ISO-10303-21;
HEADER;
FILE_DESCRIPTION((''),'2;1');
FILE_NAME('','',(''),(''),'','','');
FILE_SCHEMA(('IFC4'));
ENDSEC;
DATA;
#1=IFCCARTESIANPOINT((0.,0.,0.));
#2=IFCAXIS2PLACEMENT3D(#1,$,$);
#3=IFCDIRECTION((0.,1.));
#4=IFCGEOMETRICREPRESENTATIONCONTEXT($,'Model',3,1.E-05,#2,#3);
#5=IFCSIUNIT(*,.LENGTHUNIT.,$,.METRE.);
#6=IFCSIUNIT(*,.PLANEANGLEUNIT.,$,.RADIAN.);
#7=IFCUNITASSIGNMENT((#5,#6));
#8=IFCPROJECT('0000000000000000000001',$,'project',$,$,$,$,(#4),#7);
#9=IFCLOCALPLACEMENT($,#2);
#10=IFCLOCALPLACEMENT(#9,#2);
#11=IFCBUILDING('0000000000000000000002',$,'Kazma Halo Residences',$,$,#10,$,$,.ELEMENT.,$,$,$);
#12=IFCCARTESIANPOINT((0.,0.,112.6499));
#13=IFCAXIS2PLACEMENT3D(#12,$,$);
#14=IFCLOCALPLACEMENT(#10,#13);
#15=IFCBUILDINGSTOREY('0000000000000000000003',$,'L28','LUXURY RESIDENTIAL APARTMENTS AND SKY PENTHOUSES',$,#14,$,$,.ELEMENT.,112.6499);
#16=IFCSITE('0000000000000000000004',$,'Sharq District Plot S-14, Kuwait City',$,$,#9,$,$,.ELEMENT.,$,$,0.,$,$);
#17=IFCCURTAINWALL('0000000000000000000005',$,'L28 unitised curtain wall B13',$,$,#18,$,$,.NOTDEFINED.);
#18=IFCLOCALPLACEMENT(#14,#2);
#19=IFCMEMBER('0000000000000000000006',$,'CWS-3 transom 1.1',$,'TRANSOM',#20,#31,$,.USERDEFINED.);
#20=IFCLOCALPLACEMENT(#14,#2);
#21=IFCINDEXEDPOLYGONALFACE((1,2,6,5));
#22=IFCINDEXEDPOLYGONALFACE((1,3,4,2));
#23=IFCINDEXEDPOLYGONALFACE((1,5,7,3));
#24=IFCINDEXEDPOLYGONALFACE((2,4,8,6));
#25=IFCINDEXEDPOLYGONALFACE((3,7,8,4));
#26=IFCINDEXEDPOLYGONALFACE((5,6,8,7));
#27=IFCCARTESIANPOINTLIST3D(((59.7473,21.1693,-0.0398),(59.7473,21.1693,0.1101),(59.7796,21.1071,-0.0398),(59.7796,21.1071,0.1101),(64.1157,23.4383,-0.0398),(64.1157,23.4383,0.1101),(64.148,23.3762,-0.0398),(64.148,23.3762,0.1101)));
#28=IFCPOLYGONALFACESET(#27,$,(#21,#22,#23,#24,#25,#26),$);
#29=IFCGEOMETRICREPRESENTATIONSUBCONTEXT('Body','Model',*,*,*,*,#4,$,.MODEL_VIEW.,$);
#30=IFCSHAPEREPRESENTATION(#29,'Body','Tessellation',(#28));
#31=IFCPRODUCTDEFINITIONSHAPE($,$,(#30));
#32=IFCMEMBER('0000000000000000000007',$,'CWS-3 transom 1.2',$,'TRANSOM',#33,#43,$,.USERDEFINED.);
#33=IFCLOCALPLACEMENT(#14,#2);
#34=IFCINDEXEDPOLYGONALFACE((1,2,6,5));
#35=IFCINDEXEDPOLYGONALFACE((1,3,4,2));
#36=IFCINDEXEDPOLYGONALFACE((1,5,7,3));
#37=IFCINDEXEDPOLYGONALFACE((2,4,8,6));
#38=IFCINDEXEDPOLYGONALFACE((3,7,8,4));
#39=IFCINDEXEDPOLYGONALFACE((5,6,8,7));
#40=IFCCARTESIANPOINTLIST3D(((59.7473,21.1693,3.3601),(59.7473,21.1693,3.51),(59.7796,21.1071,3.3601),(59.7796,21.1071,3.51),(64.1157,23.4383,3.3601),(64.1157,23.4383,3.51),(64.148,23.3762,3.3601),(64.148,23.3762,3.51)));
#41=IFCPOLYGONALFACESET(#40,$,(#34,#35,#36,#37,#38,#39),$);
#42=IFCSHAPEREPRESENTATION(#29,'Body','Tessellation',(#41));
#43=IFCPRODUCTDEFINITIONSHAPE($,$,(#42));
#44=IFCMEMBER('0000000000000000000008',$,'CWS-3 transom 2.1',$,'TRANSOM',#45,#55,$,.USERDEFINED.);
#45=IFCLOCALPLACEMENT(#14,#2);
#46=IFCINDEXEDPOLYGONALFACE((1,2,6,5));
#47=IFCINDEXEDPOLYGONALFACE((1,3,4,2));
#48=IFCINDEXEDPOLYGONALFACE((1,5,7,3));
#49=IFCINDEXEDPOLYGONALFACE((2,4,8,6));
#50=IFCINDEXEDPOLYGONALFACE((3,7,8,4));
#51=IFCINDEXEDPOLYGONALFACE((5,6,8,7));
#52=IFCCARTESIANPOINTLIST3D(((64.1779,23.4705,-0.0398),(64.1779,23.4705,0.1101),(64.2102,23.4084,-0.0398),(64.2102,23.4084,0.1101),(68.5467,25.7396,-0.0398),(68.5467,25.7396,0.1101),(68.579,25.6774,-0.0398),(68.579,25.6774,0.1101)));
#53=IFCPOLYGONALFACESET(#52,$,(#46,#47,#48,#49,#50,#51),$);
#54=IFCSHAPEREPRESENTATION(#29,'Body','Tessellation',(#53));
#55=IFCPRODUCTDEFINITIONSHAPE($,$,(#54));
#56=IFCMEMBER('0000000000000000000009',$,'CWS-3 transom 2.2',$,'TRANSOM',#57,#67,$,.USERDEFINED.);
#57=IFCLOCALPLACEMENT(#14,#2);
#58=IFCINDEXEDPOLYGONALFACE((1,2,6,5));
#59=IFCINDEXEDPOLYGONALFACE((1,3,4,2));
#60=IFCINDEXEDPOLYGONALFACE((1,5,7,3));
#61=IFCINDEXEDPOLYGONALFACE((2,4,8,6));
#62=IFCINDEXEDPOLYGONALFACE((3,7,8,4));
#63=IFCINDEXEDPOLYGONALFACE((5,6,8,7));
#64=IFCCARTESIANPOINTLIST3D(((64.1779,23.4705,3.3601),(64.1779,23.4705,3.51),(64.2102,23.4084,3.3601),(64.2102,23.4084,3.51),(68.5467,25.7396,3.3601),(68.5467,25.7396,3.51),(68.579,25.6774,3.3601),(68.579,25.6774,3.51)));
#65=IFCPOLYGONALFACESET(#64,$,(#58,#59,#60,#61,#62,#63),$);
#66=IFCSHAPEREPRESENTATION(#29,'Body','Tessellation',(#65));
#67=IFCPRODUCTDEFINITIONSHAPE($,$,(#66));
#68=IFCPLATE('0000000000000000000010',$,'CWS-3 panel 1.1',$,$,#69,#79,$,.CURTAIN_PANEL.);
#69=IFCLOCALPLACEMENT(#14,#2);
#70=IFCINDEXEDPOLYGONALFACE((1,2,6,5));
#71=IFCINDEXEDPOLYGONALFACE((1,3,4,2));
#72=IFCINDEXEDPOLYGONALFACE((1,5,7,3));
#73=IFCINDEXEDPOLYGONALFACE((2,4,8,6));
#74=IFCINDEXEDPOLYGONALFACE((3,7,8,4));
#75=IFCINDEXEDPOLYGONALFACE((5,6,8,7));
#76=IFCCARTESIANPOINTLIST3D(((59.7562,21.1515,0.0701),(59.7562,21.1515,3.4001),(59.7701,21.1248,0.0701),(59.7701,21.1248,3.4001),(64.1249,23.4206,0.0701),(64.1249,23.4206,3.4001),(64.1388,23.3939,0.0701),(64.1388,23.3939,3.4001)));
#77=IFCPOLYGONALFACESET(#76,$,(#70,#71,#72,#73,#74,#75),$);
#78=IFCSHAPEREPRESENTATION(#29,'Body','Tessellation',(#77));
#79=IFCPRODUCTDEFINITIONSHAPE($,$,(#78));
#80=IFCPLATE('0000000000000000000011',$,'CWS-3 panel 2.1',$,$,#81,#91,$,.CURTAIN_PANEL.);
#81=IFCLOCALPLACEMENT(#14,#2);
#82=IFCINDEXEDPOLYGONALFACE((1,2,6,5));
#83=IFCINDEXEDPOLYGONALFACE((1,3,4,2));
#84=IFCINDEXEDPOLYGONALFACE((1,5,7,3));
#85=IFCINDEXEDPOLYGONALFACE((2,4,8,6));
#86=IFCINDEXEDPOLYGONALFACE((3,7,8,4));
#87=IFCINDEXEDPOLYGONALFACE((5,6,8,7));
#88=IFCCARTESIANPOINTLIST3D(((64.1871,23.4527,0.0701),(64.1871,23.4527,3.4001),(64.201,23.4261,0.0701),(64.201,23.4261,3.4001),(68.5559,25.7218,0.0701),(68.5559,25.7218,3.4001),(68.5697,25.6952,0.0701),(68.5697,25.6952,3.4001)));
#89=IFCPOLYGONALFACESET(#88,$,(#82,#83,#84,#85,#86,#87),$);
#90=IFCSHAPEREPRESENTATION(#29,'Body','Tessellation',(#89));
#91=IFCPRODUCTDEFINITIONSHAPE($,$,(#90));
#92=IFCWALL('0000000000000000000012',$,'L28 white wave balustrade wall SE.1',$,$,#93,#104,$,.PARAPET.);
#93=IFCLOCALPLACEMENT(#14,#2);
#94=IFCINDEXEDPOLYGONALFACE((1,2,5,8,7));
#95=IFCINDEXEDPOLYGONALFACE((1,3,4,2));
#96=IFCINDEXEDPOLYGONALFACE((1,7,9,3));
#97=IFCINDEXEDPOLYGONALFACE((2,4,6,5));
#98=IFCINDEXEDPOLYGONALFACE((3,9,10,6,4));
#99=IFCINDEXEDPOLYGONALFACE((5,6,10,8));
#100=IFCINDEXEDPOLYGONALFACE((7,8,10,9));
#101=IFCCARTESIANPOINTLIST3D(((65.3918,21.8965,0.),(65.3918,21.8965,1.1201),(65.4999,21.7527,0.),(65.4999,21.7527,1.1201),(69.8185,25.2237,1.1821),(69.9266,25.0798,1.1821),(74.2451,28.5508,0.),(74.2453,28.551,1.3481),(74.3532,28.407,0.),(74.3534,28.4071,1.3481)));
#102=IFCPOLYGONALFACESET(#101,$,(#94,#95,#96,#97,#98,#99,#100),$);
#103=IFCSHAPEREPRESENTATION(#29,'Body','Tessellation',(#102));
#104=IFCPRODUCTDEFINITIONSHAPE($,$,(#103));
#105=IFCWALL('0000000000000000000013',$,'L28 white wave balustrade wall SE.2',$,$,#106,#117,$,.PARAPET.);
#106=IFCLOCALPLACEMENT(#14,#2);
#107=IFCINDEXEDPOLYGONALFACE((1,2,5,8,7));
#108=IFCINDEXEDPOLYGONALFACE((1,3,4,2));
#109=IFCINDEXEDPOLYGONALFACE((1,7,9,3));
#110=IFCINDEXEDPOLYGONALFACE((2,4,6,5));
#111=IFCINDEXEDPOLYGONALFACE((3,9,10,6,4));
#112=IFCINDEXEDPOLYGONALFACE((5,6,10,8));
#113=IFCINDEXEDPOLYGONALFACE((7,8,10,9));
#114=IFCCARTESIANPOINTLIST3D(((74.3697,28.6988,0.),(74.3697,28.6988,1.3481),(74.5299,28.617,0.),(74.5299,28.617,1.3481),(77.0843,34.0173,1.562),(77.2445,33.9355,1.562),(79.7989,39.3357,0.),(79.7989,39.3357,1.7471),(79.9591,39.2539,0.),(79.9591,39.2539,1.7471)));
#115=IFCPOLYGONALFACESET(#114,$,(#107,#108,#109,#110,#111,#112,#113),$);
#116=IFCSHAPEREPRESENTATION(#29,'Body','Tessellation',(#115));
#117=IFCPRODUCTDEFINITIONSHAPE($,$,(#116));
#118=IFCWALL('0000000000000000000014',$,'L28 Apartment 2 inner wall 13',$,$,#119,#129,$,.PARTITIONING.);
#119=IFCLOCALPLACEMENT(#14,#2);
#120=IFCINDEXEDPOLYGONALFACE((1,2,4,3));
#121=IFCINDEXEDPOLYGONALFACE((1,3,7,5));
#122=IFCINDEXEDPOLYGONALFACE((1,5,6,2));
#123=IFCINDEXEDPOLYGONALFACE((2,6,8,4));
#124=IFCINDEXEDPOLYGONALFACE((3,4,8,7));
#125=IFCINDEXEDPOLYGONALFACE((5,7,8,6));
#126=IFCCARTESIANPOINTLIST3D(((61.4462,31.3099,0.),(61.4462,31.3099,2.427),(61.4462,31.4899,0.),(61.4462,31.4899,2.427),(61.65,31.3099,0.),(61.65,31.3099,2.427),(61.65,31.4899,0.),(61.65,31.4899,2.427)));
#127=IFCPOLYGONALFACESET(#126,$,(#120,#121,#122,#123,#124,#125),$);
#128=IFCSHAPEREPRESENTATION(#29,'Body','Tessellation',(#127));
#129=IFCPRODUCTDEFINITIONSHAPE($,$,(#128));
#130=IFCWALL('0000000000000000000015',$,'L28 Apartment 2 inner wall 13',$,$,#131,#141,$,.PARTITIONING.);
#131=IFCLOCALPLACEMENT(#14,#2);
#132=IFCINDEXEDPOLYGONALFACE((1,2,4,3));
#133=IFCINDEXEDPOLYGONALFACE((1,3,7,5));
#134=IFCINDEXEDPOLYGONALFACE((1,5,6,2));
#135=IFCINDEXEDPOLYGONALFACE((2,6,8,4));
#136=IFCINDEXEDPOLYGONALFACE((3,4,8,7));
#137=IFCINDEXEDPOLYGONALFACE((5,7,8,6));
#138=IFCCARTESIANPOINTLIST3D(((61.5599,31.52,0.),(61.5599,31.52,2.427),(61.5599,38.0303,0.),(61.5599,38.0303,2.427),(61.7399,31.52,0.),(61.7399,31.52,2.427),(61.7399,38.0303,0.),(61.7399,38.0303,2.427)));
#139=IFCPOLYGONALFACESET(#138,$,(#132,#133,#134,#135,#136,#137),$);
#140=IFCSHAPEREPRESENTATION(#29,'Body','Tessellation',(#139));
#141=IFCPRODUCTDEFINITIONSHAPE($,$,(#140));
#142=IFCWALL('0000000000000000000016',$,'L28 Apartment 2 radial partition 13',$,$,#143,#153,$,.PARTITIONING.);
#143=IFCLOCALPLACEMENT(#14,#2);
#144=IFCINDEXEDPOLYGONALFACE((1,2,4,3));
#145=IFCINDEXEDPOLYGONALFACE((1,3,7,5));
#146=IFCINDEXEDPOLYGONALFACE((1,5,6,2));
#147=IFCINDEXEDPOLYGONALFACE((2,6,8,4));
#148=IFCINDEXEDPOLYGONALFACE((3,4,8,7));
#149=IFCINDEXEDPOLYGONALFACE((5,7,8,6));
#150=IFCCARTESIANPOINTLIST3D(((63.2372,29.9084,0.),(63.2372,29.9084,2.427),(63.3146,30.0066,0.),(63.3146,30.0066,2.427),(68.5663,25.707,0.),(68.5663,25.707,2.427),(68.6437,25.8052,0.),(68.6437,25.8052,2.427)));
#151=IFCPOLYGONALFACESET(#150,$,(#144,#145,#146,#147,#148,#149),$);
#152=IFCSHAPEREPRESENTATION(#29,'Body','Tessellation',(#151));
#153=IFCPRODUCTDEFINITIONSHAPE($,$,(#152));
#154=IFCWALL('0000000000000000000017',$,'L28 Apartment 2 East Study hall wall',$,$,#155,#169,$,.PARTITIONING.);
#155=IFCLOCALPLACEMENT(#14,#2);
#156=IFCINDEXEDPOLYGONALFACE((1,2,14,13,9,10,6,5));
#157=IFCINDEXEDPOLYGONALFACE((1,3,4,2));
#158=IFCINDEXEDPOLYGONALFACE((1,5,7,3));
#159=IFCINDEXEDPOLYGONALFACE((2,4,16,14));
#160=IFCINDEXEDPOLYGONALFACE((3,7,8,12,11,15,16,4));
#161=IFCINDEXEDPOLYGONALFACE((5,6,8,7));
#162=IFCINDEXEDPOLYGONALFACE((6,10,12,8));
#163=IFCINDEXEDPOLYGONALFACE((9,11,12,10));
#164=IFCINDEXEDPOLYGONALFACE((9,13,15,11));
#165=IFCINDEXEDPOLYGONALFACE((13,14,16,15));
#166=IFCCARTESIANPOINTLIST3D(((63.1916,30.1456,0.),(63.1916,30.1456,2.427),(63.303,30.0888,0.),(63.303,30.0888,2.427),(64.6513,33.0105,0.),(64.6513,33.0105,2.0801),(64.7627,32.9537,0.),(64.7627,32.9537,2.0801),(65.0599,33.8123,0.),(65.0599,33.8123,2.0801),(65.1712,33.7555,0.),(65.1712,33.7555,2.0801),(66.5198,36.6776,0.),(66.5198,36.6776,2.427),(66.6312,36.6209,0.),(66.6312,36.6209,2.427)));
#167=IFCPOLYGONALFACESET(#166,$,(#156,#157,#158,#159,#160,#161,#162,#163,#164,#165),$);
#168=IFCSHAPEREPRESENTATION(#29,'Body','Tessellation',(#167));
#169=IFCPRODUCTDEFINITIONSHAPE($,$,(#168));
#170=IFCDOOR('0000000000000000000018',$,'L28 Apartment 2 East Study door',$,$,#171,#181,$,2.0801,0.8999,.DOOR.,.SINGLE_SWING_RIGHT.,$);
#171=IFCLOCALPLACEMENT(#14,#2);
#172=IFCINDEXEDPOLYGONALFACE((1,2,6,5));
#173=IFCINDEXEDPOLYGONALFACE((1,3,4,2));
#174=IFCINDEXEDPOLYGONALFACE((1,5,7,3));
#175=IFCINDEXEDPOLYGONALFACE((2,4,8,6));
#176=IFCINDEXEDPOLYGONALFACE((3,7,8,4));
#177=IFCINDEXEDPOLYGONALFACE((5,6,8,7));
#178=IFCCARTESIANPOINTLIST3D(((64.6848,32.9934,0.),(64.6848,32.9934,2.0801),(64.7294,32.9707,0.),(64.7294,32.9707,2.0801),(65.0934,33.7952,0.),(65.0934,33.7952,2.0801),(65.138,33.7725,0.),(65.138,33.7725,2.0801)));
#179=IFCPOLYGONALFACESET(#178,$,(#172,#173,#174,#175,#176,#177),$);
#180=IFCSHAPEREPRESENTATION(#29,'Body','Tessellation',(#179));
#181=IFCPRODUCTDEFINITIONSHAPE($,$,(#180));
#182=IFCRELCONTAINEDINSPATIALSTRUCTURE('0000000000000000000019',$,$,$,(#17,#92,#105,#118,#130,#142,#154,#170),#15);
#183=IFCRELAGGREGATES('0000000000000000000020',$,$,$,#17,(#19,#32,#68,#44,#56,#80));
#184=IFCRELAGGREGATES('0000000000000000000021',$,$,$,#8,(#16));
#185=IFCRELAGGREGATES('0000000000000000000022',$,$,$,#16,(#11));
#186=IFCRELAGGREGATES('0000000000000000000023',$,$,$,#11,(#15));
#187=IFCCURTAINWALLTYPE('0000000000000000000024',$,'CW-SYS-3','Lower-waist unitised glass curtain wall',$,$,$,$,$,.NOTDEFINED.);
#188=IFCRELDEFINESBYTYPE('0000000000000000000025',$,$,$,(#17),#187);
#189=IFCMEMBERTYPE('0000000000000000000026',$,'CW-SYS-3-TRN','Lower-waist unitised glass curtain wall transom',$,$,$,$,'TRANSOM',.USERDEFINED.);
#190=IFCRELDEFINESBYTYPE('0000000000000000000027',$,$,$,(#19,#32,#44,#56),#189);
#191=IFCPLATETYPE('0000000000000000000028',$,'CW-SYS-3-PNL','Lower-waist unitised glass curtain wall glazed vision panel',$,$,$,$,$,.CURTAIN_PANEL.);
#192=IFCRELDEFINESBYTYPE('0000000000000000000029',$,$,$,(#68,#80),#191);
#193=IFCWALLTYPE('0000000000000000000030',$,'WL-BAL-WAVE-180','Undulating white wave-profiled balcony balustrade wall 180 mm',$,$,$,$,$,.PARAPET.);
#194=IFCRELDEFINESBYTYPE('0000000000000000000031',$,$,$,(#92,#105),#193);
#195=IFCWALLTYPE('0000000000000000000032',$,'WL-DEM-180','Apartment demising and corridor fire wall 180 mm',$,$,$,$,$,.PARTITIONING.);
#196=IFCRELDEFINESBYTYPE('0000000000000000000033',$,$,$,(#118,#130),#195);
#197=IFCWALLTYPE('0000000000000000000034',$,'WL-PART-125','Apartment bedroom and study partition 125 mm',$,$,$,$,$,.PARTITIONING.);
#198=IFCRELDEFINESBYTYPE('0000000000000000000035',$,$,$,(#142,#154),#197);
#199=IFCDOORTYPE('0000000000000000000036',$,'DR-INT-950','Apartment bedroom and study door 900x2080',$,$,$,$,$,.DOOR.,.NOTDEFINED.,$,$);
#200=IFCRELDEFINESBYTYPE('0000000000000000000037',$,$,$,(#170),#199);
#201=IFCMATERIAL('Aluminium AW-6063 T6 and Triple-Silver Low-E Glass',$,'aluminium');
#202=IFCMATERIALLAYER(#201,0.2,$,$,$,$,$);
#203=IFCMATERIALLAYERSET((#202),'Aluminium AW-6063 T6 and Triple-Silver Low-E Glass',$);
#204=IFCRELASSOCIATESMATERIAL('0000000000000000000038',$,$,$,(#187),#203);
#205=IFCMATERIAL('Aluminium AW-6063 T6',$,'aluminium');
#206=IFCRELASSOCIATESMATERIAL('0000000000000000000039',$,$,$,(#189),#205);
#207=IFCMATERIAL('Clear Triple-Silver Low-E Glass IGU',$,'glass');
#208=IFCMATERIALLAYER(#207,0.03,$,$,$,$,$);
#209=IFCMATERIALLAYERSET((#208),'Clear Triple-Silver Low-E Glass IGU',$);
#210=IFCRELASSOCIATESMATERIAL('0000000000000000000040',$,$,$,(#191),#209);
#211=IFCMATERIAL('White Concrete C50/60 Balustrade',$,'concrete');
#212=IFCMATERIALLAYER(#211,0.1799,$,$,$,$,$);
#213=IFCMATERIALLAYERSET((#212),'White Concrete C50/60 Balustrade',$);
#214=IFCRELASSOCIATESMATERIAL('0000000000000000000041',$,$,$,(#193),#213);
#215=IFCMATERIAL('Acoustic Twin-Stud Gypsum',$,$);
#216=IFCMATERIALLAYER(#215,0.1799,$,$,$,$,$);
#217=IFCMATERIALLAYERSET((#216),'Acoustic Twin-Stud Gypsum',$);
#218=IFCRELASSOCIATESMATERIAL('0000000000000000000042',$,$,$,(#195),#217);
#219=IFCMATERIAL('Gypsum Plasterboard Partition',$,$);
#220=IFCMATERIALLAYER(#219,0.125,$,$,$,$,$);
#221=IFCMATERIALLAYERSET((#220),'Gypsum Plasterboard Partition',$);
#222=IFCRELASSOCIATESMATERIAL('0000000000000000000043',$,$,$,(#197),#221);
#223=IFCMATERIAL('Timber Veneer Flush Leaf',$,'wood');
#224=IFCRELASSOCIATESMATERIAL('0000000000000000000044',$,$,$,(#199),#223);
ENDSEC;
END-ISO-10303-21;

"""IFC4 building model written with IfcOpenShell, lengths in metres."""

from ifc_helpers import new_model, si_unit, direction, frame, frame_2d, origin, origin_2d, place, context, subcontext, project, spatial, polyline, rectangle, outline, extrude, material, layer, layer_set, material_profile, profile_set, type_object, element, fill, aggregate, save


model = new_model("IFC4")

# Units and contexts
model_context = context("Model", 3, precision=1e-05, world=origin(), true_north=direction((0.0, 1.0)))
body_context = subcontext(model_context, "Body", "Model", "MODEL_VIEW")
ifc_project = project(units=[si_unit("LENGTHUNIT", "METRE"), si_unit("PLANEANGLEUNIT", "RADIAN")], contexts=[model_context])

# Site, building, storey
site_placement = place(None, origin())
site = spatial("IfcSite", under=ifc_project, at=site_placement, Name="Sharq District Plot S-14, Kuwait City", CompositionType="ELEMENT", RefElevation=0.0)
building_placement = place(site_placement, origin())
building = spatial("IfcBuilding", under=site, at=building_placement, Name="Kazma Halo Residences", CompositionType="ELEMENT")
storey_placement = place(building_placement, frame((0.0, 0.0, 112.6499)))
storey = spatial("IfcBuildingStorey", under=building, at=storey_placement, Name="L28", Description="LUXURY RESIDENTIAL APARTMENTS AND SKY PENTHOUSES", CompositionType="ELEMENT", Elevation=112.6499)

# Curtain wall, members, plates
ifc_material_1 = material(Name="Aluminium AW-6063 T6 and Triple-Silver Low-E Glass", Category="aluminium")
ifc_layer_1 = layer(ifc_material_1, 0.2)
ifc_layer_set_1 = layer_set([ifc_layer_1], Name="Aluminium AW-6063 T6 and Triple-Silver Low-E Glass")
curtain_wall_type = type_object("IfcCurtainWallType", Name="CW-SYS-3", Description="Lower-waist unitised glass curtain wall", PredefinedType="NOTDEFINED", material=ifc_layer_set_1)
curtain_wall_placement = place(storey_placement, origin())
curtain_wall = element("IfcCurtainWall", 1, at=curtain_wall_placement, inside=storey, type_object=curtain_wall_type, Name="L28 unitised curtain wall B13", PredefinedType="NOTDEFINED")
ifc_material_2 = material(Name="Aluminium AW-6063 T6", Category="aluminium")
ifc_material_profile_1 = material_profile(ifc_material_2, rectangle(XDim=0.0701, YDim=0.1499, at=origin_2d()), Name="CWT-70x150")
ifc_profile_set_1 = profile_set([ifc_material_profile_1], Name="Aluminium AW-6063 T6")
member_type_1 = type_object("IfcMemberType", Name="CW-SYS-3-TRN", Description="Lower-waist unitised glass curtain wall transom", ElementType="TRANSOM", PredefinedType="USERDEFINED", material=ifc_profile_set_1)
member_1_placement = place(storey_placement, frame((59.7634, 21.1382, 0.0352), z_axis=(0.887427, 0.460948, 0.0), x_axis=(-0.460948, 0.887427, 0.0)))
member_1 = element("IfcMember", 2, at=member_1_placement, type_object=member_type_1, Name="CWS-3 transom 1.1", ObjectType="TRANSOM", PredefinedType="USERDEFINED", context=body_context, shape_type="SweptSolid", body=[
    extrude(rectangle(XDim=0.0701, YDim=0.1499, at=origin_2d()), origin(), (0.0, 0.0, 1.0), 4.9226),
])
member_2_placement = place(storey_placement, frame((59.7634, 21.1382, 3.4351), z_axis=(0.887427, 0.460948, 0.0), x_axis=(-0.460948, 0.887427, 0.0)))
member_2 = element("IfcMember", 3, at=member_2_placement, type_object=member_type_1, Name="CWS-3 transom 1.2", ObjectType="TRANSOM", PredefinedType="USERDEFINED", context=body_context, shape_type="SweptSolid", body=[
    extrude(rectangle(XDim=0.0701, YDim=0.1499, at=origin_2d()), origin(), (0.0, 0.0, 1.0), 4.9226),
])
member_3_placement = place(storey_placement, frame((64.1941, 23.4395, 0.0352), z_axis=(0.887438, 0.460928, 0.0), x_axis=(-0.460928, 0.887438, 0.0)))
member_3 = element("IfcMember", 4, at=member_3_placement, type_object=member_type_1, Name="CWS-3 transom 2.1", ObjectType="TRANSOM", PredefinedType="USERDEFINED", context=body_context, shape_type="SweptSolid", body=[
    extrude(rectangle(XDim=0.0701, YDim=0.1499, at=origin_2d()), origin(), (0.0, 0.0, 1.0), 4.9229),
])
member_4_placement = place(storey_placement, frame((64.1941, 23.4395, 3.4351), z_axis=(0.887438, 0.460928, 0.0), x_axis=(-0.460928, 0.887438, 0.0)))
member_4 = element("IfcMember", 5, at=member_4_placement, type_object=member_type_1, Name="CWS-3 transom 2.2", ObjectType="TRANSOM", PredefinedType="USERDEFINED", context=body_context, shape_type="SweptSolid", body=[
    extrude(rectangle(XDim=0.0701, YDim=0.1499, at=origin_2d()), origin(), (0.0, 0.0, 1.0), 4.9229),
])
ifc_material_3 = material(Name="Clear Triple-Silver Low-E Glass IGU", Category="glass")
ifc_layer_2 = layer(ifc_material_3, 0.03)
ifc_layer_set_2 = layer_set([ifc_layer_2], Name="Clear Triple-Silver Low-E Glass IGU")
plate_type = type_object("IfcPlateType", Name="CW-SYS-3-PNL", Description="Lower-waist unitised glass curtain wall glazed vision panel", PredefinedType="CURTAIN_PANEL", material=ifc_layer_set_2)
plate_1_placement = place(storey_placement, frame((61.9475, 22.2727, 0.0701), z_axis=(0.0, 0.0, 1.0), x_axis=(0.887435, 0.460932, 0.0)))
plate_1 = element("IfcPlate", 6, at=plate_1_placement, type_object=plate_type, Name="CWS-3 panel 1.1", PredefinedType="CURTAIN_PANEL", context=body_context, shape_type="SweptSolid", body=[
    extrude(rectangle(XDim=4.9229, YDim=0.03, at=origin_2d()), origin(), (0.0, 0.0, 1.0), 3.3301),
])
plate_2_placement = place(storey_placement, frame((66.3784, 24.574, 0.0701), z_axis=(0.0, 0.0, 1.0), x_axis=(0.887435, 0.460932, 0.0)))
plate_2 = element("IfcPlate", 7, at=plate_2_placement, type_object=plate_type, Name="CWS-3 panel 2.1", PredefinedType="CURTAIN_PANEL", context=body_context, shape_type="SweptSolid", body=[
    extrude(rectangle(XDim=4.9229, YDim=0.03, at=origin_2d()), origin(), (0.0, 0.0, 1.0), 3.3301),
])
aggregate(curtain_wall, [member_1, member_2, plate_1, member_3, member_4, plate_2])

# Walls
ifc_material_4 = material(Name="White Concrete C50/60 Balustrade", Category="concrete")
ifc_layer_3 = layer(ifc_material_4, 0.1799)
ifc_layer_set_3 = layer_set([ifc_layer_3], Name="White Concrete C50/60 Balustrade")
wall_type_1 = type_object("IfcWallType", Name="WL-BAL-WAVE-180", Description="Undulating white wave-profiled balcony balustrade wall 180 mm", PredefinedType="PARAPET", material=ifc_layer_set_3)
wall_1_placement = place(storey_placement, frame((65.4458, 21.8247, 0.0), z_axis=(0.0, 0.0, 1.0), x_axis=(0.799378, 0.600829, 0.0)))
element("IfcWall", 8, at=wall_1_placement, inside=storey, type_object=wall_type_1, Name="L28 white wave balustrade wall SE.1", PredefinedType="PARAPET", context=body_context, shape_type="SweptSolid", body=[
    extrude(outline(polyline([(0.0, 0.0), (11.0752, 0.0), (11.0754, 1.3481), (5.5376, 1.1821), (0.0, 1.1201), (0.0, 0.0)])), frame((0.0, 0.0898, 0.0), z_axis=(0.0, -1.0, 0.0), x_axis=(1.0, 0.0, 0.0)), (0.0, 0.0, 1.0), 0.1799),
])
wall_2_placement = place(storey_placement, frame((74.4497, 28.658, 0.0), z_axis=(0.0, 0.0, 1.0), x_axis=(0.454615, 0.890688, 0.0)))
element("IfcWall", 9, at=wall_2_placement, inside=storey, type_object=wall_type_1, Name="L28 white wave balustrade wall SE.2", PredefinedType="PARAPET", context=body_context, shape_type="SweptSolid", body=[
    extrude(outline(polyline([(0.0, 0.0), (11.9424, 0.0), (11.9424, 1.7471), (5.9712, 1.562), (0.0, 1.3481), (0.0, 0.0)])), frame((0.0, 0.0898, 0.0), z_axis=(0.0, -1.0, 0.0), x_axis=(1.0, 0.0, 0.0)), (0.0, 0.0, 1.0), 0.1799),
])
ifc_material_5 = material(Name="Acoustic Twin-Stud Gypsum")
ifc_layer_4 = layer(ifc_material_5, 0.1799)
ifc_layer_set_4 = layer_set([ifc_layer_4], Name="Acoustic Twin-Stud Gypsum")
wall_type_2 = type_object("IfcWallType", Name="WL-DEM-180", Description="Apartment demising and corridor fire wall 180 mm", PredefinedType="PARTITIONING", material=ifc_layer_set_4)
wall_3_placement = place(storey_placement, frame((61.446, 31.3999, 0.0), z_axis=(0.0, 0.0, 1.0), x_axis=(1.0, 0.0, 0.0)))
element("IfcWall", 10, at=wall_3_placement, inside=storey, type_object=wall_type_2, Name="L28 Apartment 2 inner wall 13", PredefinedType="PARTITIONING", context=body_context, shape_type="SweptSolid", body=[
    extrude(rectangle(XDim=0.2039, YDim=0.1799, at=frame_2d((0.1021, 0.0))), origin(), (0.0, 0.0, 1.0), 2.427),
])
wall_4_placement = place(storey_placement, frame((61.6499, 31.52, 0.0), z_axis=(0.0, 0.0, 1.0), x_axis=(0.0, 1.0, 0.0)))
element("IfcWall", 11, at=wall_4_placement, inside=storey, type_object=wall_type_2, Name="L28 Apartment 2 inner wall 13", PredefinedType="PARTITIONING", context=body_context, shape_type="SweptSolid", body=[
    extrude(rectangle(XDim=6.5103, YDim=0.1799, at=frame_2d((3.2551, 0.0))), origin(), (0.0, 0.0, 1.0), 2.427),
])

# Wall
ifc_material_6 = material(Name="Gypsum Plasterboard Partition")
ifc_layer_5 = layer(ifc_material_6, 0.125)
ifc_layer_set_5 = layer_set([ifc_layer_5], Name="Gypsum Plasterboard Partition")
wall_type_3 = type_object("IfcWallType", Name="WL-PART-125", Description="Apartment bedroom and study partition 125 mm", PredefinedType="PARTITIONING", material=ifc_layer_set_5)
wall_5_placement = place(storey_placement, frame((63.2759, 29.9575, 0.0), z_axis=(0.0, 0.0, 1.0), x_axis=(0.785296, -0.61912, 0.0)))
element("IfcWall", 12, at=wall_5_placement, inside=storey, type_object=wall_type_3, Name="L28 Apartment 2 radial partition 13", PredefinedType="PARTITIONING", context=body_context, shape_type="SweptSolid", body=[
    extrude(rectangle(XDim=6.7861, YDim=0.125, at=frame_2d((3.3931, 0.0))), origin(), (0.0, 0.0, 1.0), 2.427),
])

# Wall, opening, door
wall_6_placement = place(storey_placement, frame((63.2473, 30.1172, 0.0), z_axis=(0.0, 0.0, 1.0), x_axis=(0.453981, 0.891011, 0.0)))
wall_6 = element("IfcWall", 13, at=wall_6_placement, inside=storey, type_object=wall_type_3, Name="L28 Apartment 2 East Study hall wall", PredefinedType="PARTITIONING", context=body_context, shape_type="SweptSolid", body=[
    extrude(rectangle(XDim=7.3311, YDim=0.125, at=frame_2d((3.6655, 0.0))), origin(), (0.0, 0.0, 1.0), 2.427),
])
opening_1_placement = place(wall_6_placement, frame((3.2153, 0.0, 0.0)))
opening_1 = element("IfcOpeningElement", 14, at=opening_1_placement, cuts=wall_6, PredefinedType="OPENING", context=body_context, shape_type="SweptSolid", body=[
    extrude(rectangle(XDim=0.8999, YDim=2.0801, at=frame_2d((0.45, 1.04))), frame((0.0, 0.0725, 0.0), z_axis=(0.0, -1.0, 0.0), x_axis=(1.0, 0.0, 0.0)), (0.0, 0.0, 1.0), 0.145),
])
ifc_material_7 = material(Name="Timber Veneer Flush Leaf", Category="wood")
door_type_1 = type_object("IfcDoorType", Name="DR-INT-950", Description="Apartment bedroom and study door 900x2080", OperationType="NOTDEFINED", PredefinedType="DOOR", material=ifc_material_7)
door_1_placement = place(opening_1_placement, origin())
door_1 = element("IfcDoor", 15, at=door_1_placement, inside=storey, type_object=door_type_1, Name="L28 Apartment 2 East Study door", OperationType="SINGLE_SWING_RIGHT", OverallHeight=2.0801, OverallWidth=0.8999, PredefinedType="DOOR", context=body_context, shape_type="SweptSolid", body=[
    extrude(rectangle(XDim=0.8999, YDim=2.0801, at=frame_2d((0.45, 1.04))), frame((0.0, 0.0249, 0.0), z_axis=(0.0, -1.0, 0.0), x_axis=(1.0, 0.0, 0.0)), (0.0, 0.0, 1.0), 0.05),
])
fill(opening_1, door_1)

save(model, "model.ifc")
